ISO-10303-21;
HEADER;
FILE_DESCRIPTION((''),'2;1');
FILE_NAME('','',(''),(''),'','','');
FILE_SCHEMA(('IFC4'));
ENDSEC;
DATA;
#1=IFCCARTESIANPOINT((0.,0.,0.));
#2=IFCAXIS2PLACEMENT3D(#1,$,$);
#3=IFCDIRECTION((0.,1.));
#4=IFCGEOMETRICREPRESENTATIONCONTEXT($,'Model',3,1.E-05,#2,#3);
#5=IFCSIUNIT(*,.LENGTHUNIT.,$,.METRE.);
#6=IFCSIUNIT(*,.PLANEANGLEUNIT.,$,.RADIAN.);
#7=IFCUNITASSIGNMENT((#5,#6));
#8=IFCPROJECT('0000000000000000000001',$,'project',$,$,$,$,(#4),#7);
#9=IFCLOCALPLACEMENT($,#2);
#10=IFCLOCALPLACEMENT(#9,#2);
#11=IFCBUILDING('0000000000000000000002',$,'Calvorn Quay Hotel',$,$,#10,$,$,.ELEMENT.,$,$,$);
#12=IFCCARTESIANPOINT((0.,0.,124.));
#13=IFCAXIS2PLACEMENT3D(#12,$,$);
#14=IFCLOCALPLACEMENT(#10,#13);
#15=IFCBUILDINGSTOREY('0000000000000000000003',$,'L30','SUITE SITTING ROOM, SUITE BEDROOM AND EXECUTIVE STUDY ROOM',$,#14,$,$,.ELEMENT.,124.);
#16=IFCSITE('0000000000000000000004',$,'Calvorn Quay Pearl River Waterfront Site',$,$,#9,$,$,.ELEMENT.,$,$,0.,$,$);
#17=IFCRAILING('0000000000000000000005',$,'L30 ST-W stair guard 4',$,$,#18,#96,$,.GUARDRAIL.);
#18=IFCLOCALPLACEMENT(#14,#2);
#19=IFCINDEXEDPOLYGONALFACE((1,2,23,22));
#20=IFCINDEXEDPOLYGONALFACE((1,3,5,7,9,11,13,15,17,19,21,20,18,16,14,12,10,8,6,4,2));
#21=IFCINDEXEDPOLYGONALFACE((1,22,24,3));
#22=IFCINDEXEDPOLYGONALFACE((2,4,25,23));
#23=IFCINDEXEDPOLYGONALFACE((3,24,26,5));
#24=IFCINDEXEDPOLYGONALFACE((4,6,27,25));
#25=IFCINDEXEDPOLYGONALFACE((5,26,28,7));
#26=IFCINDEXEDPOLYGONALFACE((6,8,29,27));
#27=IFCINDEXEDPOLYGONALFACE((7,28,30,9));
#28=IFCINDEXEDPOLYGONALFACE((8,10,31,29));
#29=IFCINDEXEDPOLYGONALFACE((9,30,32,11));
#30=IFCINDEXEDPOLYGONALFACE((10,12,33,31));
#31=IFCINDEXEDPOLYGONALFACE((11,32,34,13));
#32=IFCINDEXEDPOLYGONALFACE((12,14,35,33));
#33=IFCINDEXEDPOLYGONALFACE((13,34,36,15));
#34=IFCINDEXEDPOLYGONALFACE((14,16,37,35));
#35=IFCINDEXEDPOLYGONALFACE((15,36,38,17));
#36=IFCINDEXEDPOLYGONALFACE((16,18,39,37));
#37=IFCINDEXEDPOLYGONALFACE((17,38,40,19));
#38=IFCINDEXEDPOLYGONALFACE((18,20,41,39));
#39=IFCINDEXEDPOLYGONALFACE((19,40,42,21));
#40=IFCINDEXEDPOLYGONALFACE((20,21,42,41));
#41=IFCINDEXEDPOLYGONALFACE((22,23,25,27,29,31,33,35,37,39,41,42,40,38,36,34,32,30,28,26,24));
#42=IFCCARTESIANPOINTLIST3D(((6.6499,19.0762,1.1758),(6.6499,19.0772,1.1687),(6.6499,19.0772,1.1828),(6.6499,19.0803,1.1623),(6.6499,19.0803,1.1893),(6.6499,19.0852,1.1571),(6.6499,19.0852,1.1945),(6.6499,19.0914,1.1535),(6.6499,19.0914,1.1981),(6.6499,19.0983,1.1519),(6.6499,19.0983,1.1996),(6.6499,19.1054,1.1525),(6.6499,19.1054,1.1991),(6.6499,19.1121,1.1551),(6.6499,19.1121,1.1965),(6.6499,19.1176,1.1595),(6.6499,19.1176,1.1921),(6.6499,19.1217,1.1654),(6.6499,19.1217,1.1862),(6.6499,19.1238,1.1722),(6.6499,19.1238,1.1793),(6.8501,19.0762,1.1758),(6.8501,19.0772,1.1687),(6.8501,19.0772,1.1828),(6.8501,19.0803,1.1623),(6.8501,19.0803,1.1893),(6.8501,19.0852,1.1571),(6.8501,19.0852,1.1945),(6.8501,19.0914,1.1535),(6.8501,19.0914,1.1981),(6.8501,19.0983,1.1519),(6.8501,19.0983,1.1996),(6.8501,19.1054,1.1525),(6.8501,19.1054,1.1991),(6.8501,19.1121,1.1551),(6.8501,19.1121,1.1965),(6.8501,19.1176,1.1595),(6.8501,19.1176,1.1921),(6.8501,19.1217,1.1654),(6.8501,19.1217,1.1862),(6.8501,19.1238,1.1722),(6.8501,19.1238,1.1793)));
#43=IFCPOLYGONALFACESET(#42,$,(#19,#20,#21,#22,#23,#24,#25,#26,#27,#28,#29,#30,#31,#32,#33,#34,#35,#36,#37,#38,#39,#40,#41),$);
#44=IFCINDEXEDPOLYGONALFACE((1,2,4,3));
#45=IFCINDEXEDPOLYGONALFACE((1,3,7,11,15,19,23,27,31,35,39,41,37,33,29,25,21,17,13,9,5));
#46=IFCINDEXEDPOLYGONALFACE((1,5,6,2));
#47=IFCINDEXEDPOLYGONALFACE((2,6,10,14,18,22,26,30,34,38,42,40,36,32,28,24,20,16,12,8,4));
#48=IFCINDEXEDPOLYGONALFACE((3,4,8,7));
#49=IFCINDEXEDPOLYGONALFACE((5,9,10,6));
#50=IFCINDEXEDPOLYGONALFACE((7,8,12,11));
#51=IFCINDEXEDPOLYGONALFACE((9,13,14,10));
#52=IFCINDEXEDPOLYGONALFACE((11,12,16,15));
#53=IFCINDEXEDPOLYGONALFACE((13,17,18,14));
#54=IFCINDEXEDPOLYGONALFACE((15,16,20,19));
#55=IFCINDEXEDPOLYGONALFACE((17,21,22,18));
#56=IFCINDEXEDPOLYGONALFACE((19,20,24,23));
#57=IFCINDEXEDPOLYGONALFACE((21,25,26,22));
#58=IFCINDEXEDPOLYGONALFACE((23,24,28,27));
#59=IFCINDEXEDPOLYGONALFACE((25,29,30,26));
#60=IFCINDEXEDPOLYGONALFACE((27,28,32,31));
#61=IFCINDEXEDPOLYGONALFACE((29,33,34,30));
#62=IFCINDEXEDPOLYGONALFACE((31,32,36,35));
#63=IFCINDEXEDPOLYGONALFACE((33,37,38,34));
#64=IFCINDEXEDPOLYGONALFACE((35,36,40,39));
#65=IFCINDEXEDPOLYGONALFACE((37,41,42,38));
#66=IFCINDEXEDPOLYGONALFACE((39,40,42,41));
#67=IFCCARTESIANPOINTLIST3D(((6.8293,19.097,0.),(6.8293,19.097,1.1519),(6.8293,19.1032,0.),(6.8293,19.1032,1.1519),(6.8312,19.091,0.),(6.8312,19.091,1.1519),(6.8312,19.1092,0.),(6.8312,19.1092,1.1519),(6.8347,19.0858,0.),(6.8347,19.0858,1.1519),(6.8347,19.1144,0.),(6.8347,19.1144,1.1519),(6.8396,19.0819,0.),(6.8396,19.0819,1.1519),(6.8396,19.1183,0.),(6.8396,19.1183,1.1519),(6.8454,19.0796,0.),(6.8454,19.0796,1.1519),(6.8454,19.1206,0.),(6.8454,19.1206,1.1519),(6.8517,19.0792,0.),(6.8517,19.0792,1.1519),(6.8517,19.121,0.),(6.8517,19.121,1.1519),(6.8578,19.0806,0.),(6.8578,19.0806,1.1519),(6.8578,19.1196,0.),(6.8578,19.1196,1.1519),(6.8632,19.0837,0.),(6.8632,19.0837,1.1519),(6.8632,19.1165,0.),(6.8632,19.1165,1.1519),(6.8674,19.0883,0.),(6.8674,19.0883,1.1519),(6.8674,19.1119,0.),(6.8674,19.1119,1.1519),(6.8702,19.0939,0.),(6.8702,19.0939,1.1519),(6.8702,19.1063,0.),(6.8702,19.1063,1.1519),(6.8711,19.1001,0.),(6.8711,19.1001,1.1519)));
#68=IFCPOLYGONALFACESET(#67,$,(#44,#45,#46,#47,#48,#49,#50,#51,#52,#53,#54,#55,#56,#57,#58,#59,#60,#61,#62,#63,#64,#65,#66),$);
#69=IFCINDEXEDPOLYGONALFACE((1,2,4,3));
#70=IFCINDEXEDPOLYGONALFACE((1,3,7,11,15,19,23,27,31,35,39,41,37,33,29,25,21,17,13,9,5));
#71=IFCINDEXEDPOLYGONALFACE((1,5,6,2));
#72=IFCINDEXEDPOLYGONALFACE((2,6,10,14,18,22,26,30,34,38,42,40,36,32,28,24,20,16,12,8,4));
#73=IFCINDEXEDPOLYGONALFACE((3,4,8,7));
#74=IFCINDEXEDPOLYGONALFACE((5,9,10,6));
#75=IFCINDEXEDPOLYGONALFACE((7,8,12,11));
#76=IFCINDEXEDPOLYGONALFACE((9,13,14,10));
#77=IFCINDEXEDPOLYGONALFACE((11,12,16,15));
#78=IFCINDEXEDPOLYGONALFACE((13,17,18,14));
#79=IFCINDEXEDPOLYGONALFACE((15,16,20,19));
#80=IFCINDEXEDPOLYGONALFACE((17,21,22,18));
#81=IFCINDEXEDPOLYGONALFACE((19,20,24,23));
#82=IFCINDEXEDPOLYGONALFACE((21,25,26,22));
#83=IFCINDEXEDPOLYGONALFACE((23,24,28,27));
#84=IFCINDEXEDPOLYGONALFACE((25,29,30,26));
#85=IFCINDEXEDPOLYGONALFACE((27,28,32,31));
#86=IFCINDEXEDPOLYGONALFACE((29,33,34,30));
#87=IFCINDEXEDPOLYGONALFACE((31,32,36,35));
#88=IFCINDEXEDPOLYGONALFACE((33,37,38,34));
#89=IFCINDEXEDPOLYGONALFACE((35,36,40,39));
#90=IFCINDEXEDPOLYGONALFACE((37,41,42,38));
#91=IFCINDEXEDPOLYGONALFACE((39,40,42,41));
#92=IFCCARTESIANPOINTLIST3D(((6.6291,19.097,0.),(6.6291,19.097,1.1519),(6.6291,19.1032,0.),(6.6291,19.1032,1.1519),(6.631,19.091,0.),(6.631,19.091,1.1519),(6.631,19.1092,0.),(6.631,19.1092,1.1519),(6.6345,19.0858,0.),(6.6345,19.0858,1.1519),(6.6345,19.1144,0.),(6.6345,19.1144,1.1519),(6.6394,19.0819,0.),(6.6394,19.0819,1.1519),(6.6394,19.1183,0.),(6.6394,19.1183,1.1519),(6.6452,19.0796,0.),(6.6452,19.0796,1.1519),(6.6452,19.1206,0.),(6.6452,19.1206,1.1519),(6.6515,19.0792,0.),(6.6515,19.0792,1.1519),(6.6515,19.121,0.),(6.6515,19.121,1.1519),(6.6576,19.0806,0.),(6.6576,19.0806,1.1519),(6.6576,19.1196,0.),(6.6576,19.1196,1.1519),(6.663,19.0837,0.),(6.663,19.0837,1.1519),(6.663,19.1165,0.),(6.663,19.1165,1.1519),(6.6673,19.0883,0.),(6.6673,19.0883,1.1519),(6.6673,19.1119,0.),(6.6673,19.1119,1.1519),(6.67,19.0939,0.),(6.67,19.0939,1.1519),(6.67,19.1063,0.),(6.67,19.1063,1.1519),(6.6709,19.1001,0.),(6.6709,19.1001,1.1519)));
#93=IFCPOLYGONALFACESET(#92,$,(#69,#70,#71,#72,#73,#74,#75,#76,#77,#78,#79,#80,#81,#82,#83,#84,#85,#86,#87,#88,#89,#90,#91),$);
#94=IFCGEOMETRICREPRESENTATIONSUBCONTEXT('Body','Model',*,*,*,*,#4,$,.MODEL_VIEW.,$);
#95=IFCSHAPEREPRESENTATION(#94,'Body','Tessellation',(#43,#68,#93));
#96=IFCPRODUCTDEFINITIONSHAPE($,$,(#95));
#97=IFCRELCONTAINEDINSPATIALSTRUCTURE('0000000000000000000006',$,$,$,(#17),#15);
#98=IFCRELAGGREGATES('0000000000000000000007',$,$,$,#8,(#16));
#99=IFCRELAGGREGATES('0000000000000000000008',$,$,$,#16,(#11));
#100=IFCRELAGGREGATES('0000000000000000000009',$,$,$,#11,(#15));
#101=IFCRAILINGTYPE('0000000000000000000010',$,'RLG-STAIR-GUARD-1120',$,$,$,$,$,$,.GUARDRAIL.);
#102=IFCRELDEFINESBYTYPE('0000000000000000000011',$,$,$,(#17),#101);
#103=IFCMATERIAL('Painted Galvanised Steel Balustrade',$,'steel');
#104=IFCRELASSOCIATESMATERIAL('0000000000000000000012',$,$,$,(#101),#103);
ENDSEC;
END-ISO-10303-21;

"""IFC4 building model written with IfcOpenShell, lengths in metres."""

from ifc_helpers import new_model, si_unit, direction, frame, origin, origin_2d, place, context, subcontext, project, spatial, circle, extrude, material, type_object, element, save


model = new_model("IFC4")

# Units and contexts
model_context = context("Model", 3, precision=1e-05, world=origin(), true_north=direction((0.0, 1.0)))
body_context = subcontext(model_context, "Body", "Model", "MODEL_VIEW")
ifc_project = project(units=[si_unit("LENGTHUNIT", "METRE"), si_unit("PLANEANGLEUNIT", "RADIAN")], contexts=[model_context])

# Site, building, storey
site_placement = place(None, origin())
site = spatial("IfcSite", under=ifc_project, at=site_placement, Name="Calvorn Quay Pearl River Waterfront Site", CompositionType="ELEMENT", RefElevation=0.0)
building_placement = place(site_placement, origin())
building = spatial("IfcBuilding", under=site, at=building_placement, Name="Calvorn Quay Hotel", CompositionType="ELEMENT")
storey_placement = place(building_placement, frame((0.0, 0.0, 124.0)))
storey = spatial("IfcBuildingStorey", under=building, at=storey_placement, Name="L30", Description="SUITE SITTING ROOM, SUITE BEDROOM AND EXECUTIVE STUDY ROOM", CompositionType="ELEMENT", Elevation=124.0)

# Railing
ifc_material_1 = material(Name="Painted Galvanised Steel Balustrade", Category="steel")
railing_type_1 = type_object("IfcRailingType", Name="RLG-STAIR-GUARD-1120", PredefinedType="GUARDRAIL", material=ifc_material_1)
railing_1_placement = place(storey_placement, frame((6.8501, 19.1001, 0.0)))
element("IfcRailing", 1, at=railing_1_placement, inside=storey, type_object=railing_type_1, Name="L30 ST-W stair guard 4", PredefinedType="GUARDRAIL", context=body_context, shape_type="SweptSolid", body=[
    extrude(circle(Radius=0.0239, at=origin_2d()), frame((0.0, 0.0, 1.1758), z_axis=(-1.0, 0.0, 0.0), x_axis=(0.0, -1.0, 0.0)), (0.0, 0.0, 1.0), 0.2002),
    extrude(circle(Radius=0.021, at=origin_2d()), origin(), (0.0, 0.0, 1.0), 1.1519),
    extrude(circle(Radius=0.021, at=origin_2d()), frame((-0.2002, 0.0, 0.0)), (0.0, 0.0, 1.0), 1.1519),
])

save(model, "model.ifc")
